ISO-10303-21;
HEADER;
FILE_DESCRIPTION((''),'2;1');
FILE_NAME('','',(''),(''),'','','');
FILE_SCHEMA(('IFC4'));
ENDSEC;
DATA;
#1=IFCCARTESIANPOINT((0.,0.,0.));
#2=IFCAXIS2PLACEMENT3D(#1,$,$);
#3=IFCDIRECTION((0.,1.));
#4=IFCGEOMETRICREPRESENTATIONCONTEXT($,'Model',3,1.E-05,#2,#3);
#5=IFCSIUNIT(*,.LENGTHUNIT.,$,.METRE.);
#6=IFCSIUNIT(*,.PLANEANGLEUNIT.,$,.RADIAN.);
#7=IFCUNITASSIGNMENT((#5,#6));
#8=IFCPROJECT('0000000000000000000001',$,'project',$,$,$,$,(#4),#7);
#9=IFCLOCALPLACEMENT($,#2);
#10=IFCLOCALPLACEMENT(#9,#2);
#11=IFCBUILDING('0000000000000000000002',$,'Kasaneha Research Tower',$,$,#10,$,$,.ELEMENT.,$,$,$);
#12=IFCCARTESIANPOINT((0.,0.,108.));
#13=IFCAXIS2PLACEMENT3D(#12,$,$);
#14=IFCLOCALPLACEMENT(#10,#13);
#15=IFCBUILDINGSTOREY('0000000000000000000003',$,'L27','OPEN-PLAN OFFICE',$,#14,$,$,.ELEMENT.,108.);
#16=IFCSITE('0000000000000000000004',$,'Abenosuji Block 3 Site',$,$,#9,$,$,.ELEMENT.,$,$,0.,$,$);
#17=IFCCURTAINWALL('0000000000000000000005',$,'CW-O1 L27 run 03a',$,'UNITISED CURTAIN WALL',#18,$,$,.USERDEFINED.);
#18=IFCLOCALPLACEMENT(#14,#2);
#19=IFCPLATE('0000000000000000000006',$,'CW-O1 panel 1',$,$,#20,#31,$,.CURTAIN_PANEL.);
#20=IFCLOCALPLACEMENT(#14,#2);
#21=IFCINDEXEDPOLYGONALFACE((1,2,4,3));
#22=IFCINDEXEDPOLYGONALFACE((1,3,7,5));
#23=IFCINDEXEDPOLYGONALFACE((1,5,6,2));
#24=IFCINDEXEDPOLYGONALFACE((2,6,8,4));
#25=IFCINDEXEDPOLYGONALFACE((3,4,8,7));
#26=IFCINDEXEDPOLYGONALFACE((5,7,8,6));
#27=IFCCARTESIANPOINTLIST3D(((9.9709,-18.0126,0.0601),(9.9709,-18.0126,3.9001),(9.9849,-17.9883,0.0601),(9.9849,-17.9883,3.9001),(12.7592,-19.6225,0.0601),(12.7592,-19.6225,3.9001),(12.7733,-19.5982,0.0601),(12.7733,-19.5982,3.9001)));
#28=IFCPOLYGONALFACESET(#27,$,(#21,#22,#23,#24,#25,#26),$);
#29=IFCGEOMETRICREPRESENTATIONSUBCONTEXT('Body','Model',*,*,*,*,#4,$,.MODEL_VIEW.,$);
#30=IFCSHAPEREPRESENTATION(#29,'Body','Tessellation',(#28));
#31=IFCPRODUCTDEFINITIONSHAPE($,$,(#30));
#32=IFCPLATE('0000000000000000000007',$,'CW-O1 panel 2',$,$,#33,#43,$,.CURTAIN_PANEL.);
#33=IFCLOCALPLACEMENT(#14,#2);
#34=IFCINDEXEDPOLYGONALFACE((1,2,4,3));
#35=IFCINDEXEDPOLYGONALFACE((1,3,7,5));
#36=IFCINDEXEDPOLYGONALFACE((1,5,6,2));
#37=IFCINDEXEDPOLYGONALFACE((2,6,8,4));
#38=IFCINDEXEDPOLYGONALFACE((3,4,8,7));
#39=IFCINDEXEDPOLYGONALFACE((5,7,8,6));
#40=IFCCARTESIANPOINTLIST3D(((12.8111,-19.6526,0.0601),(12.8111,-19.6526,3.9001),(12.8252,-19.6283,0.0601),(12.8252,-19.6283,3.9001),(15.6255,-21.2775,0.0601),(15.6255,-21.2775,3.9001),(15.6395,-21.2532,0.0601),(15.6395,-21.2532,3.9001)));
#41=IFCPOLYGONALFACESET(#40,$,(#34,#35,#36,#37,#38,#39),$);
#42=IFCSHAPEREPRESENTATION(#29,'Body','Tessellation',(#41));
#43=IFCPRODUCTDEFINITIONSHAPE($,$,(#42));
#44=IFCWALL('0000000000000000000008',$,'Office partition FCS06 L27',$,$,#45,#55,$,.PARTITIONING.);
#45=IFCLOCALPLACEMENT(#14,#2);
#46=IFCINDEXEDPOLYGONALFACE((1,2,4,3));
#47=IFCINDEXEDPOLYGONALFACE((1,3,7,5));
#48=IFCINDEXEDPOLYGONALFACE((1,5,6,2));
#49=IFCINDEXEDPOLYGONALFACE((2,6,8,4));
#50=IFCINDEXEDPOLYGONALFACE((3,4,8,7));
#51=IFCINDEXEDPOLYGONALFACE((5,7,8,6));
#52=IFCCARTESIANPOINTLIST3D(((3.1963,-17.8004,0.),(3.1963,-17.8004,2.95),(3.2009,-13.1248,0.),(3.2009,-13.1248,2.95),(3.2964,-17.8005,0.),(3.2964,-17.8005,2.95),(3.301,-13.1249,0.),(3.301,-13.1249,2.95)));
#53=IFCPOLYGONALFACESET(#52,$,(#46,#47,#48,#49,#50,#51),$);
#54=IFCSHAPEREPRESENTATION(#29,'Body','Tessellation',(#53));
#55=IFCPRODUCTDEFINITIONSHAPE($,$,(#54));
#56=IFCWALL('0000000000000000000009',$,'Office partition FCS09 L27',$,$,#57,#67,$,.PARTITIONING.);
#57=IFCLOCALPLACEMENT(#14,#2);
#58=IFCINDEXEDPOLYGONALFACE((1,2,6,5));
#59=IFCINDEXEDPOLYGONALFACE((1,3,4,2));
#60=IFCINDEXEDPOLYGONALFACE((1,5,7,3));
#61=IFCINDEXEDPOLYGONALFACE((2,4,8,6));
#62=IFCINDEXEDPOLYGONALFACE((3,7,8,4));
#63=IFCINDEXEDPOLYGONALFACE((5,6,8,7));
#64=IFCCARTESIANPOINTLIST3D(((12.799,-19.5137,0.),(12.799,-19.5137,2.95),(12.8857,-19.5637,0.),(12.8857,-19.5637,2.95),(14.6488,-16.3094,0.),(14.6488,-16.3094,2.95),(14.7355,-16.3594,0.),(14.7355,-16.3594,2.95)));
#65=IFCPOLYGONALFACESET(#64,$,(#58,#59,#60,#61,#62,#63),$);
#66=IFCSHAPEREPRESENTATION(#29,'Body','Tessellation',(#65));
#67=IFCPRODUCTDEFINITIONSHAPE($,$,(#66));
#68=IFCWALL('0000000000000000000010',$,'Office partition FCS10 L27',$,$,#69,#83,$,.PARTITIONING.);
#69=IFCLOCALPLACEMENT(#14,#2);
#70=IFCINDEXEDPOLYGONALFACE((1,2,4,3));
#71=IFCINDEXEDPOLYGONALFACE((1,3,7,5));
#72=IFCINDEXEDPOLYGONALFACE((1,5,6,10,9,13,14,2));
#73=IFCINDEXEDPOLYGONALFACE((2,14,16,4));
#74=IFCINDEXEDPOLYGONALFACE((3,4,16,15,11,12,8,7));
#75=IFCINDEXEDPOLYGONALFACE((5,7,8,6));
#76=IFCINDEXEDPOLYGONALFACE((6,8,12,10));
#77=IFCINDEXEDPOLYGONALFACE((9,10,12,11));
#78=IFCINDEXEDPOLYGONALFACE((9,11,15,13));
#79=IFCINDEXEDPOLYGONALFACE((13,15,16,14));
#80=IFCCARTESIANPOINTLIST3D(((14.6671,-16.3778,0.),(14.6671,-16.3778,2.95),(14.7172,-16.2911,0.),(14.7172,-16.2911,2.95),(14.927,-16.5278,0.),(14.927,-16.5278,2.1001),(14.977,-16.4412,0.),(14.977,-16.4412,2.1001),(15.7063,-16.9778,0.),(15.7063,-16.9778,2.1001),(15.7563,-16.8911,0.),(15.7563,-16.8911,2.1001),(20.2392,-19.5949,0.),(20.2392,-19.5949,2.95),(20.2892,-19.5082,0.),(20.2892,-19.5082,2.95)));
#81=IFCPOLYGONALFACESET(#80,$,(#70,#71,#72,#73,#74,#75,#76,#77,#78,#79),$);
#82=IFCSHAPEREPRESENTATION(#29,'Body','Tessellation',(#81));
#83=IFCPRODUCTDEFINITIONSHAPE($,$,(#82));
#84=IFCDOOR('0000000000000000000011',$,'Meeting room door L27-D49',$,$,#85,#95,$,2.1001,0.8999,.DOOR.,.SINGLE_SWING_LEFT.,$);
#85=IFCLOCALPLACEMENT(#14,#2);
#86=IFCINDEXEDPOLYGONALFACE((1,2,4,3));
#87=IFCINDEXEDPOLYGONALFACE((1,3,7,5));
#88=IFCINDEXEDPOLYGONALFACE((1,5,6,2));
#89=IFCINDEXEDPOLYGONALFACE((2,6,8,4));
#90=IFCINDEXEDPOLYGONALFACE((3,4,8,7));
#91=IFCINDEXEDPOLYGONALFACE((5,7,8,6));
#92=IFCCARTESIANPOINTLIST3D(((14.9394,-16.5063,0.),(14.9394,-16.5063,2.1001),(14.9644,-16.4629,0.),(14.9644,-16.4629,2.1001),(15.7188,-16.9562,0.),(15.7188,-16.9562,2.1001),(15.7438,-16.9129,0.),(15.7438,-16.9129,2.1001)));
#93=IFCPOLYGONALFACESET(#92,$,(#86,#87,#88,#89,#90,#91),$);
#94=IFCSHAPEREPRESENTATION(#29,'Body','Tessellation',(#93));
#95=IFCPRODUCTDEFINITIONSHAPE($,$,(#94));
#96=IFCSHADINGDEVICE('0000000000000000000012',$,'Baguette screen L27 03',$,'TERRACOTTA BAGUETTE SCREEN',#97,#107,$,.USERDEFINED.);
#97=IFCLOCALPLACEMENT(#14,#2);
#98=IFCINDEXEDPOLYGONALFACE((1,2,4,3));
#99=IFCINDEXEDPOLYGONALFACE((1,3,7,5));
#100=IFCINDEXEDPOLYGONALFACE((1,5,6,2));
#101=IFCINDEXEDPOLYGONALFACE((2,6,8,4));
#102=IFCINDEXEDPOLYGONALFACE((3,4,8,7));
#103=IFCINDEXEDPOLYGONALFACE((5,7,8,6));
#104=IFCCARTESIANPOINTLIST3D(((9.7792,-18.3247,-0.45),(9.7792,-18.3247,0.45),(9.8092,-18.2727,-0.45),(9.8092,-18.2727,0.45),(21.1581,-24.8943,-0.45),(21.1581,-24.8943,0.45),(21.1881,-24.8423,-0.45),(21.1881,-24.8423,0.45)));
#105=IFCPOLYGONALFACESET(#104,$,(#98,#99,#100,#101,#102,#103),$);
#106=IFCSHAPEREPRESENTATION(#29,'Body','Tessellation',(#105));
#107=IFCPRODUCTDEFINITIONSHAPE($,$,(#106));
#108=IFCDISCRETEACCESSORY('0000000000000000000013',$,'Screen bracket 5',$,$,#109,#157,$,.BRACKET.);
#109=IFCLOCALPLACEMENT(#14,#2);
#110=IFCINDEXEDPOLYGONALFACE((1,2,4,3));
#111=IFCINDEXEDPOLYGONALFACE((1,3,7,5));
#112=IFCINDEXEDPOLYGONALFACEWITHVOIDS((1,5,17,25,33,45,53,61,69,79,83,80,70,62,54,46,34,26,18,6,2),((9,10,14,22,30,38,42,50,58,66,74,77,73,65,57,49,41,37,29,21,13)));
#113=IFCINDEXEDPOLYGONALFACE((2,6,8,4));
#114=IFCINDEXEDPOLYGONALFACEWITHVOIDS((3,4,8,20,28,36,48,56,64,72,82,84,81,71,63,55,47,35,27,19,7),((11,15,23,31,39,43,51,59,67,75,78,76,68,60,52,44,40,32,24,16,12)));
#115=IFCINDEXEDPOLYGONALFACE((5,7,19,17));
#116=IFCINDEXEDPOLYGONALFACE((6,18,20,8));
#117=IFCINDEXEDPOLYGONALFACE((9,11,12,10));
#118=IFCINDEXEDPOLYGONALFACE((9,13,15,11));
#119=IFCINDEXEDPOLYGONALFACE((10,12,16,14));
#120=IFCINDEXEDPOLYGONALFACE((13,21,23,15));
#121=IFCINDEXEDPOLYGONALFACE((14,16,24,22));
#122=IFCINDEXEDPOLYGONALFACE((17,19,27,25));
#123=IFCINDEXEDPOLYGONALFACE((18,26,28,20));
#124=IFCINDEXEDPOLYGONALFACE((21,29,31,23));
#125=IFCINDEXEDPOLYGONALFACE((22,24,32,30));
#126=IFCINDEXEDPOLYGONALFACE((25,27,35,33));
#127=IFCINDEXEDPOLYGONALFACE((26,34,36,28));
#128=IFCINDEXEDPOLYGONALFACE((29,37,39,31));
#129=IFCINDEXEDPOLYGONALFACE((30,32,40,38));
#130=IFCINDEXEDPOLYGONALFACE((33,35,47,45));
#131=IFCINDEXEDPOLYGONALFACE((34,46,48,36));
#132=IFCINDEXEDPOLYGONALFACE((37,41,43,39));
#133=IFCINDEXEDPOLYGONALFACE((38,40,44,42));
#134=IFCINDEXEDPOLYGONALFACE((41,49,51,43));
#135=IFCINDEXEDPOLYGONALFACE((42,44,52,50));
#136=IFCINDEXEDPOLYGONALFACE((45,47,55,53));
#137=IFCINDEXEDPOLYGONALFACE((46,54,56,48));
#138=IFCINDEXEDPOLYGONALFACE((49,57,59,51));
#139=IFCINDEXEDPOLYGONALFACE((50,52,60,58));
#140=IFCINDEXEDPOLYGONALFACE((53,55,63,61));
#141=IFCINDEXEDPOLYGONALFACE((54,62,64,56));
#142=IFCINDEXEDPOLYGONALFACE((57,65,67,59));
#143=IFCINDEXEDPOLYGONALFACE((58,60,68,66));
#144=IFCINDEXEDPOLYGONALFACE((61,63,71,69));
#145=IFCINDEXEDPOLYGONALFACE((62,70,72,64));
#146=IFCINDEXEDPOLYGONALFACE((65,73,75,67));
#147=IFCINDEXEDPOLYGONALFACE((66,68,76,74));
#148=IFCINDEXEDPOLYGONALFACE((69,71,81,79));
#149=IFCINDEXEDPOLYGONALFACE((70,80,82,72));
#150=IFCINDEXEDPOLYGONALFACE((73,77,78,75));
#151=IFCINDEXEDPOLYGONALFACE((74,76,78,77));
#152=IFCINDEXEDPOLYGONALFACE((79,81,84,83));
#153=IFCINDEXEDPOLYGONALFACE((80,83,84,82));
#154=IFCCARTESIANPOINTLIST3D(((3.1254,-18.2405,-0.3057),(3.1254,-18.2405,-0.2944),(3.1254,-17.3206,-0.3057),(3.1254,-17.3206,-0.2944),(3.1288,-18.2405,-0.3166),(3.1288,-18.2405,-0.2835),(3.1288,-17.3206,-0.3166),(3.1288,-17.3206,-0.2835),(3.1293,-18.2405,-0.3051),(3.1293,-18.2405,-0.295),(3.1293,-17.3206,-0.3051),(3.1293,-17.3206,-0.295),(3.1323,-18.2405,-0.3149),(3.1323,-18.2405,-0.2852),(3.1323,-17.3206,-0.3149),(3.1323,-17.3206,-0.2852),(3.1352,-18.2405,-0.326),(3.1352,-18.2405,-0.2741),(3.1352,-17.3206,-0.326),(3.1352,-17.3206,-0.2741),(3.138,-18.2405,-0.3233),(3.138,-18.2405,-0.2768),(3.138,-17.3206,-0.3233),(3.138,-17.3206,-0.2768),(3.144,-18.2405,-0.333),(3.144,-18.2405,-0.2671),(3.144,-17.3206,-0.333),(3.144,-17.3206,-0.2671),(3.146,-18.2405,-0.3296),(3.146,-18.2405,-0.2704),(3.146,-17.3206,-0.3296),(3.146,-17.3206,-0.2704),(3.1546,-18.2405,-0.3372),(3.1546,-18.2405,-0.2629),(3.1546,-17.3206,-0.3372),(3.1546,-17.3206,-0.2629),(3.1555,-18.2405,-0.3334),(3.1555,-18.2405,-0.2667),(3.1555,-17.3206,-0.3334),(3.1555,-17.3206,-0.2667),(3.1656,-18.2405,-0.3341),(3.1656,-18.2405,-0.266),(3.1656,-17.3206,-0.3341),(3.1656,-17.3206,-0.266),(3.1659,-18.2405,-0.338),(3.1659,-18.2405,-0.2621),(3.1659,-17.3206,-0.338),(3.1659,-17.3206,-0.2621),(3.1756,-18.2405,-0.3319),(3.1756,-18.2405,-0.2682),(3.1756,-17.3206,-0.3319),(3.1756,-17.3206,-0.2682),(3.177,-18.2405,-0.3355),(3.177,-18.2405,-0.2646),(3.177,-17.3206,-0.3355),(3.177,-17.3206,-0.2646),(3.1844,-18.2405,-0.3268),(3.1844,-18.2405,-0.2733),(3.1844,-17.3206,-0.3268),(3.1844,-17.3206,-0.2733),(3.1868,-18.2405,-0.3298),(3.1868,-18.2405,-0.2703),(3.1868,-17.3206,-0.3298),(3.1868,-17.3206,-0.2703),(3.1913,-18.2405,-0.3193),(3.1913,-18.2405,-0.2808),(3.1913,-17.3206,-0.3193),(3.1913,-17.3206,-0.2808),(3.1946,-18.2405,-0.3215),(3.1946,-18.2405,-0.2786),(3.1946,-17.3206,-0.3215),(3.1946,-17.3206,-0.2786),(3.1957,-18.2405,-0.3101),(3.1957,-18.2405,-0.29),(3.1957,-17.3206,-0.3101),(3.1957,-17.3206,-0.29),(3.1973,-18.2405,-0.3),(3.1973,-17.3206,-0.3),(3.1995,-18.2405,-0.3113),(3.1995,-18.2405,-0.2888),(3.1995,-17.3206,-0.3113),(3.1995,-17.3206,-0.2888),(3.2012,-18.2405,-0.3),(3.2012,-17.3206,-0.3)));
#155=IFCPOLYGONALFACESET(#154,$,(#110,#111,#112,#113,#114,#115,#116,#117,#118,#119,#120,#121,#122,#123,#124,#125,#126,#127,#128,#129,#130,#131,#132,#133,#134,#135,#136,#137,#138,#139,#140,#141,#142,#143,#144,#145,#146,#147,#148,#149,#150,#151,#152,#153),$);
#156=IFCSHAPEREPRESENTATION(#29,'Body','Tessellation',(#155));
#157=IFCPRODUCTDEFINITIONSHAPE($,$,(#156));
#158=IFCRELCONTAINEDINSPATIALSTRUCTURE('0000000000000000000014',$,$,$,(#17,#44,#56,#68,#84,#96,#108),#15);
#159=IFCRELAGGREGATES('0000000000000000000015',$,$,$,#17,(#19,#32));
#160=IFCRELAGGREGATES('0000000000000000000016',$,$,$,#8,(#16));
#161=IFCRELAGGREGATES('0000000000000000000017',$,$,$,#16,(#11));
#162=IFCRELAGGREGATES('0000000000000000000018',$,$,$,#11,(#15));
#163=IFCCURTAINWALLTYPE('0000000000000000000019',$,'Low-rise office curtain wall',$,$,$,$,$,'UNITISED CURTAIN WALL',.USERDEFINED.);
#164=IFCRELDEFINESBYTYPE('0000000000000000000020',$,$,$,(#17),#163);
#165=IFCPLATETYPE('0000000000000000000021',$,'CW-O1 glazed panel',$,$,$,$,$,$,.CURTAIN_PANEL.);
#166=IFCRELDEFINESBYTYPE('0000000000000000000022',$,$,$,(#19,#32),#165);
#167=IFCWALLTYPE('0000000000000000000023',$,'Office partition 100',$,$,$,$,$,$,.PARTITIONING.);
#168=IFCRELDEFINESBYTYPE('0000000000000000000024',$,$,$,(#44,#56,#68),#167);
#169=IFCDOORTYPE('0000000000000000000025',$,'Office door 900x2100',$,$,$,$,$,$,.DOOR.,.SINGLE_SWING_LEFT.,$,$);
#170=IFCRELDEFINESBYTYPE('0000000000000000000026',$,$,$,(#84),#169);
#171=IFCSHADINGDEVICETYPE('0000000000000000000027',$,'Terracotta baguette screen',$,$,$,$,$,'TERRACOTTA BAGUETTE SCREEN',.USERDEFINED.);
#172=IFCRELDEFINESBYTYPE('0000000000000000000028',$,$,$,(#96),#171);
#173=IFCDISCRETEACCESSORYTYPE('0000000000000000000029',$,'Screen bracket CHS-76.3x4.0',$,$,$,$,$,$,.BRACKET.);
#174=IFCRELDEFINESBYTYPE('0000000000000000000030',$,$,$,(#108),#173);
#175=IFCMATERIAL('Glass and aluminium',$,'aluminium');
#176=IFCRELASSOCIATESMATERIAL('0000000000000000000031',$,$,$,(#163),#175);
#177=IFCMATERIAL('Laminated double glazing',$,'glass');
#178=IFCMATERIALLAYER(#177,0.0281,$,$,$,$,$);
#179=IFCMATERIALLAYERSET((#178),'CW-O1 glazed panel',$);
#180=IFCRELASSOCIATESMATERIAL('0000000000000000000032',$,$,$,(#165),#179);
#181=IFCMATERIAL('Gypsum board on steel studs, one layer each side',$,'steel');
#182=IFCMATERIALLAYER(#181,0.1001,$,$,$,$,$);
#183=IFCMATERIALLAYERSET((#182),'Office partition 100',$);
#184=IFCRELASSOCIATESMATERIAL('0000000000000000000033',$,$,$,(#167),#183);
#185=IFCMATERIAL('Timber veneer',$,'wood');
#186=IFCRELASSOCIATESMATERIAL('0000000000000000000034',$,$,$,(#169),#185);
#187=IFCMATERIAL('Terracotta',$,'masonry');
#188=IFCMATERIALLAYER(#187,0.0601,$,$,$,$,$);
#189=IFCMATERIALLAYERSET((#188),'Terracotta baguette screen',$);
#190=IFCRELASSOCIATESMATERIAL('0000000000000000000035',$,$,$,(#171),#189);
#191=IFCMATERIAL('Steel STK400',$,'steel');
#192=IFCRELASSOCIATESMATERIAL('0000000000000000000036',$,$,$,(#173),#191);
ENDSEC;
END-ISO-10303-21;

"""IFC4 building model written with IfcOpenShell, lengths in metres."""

from ifc_helpers import new_model, si_unit, direction, frame, frame_2d, origin, origin_2d, place, context, subcontext, project, spatial, rectangle, hollow_circle, extrude, material, layer, layer_set, material_profile, profile_set, type_object, element, fill, aggregate, save


model = new_model("IFC4")

# Units and contexts
model_context = context("Model", 3, precision=1e-05, world=origin(), true_north=direction((0.0, 1.0)))
body_context = subcontext(model_context, "Body", "Model", "MODEL_VIEW")
ifc_project = project(units=[si_unit("LENGTHUNIT", "METRE"), si_unit("PLANEANGLEUNIT", "RADIAN")], contexts=[model_context])

# Site, building, storey
site_placement = place(None, origin())
site = spatial("IfcSite", under=ifc_project, at=site_placement, Name="Abenosuji Block 3 Site", CompositionType="ELEMENT", RefElevation=0.0)
building_placement = place(site_placement, origin())
building = spatial("IfcBuilding", under=site, at=building_placement, Name="Kasaneha Research Tower", CompositionType="ELEMENT")
storey_placement = place(building_placement, frame((0.0, 0.0, 108.0)))
storey = spatial("IfcBuildingStorey", under=building, at=storey_placement, Name="L27", Description="OPEN-PLAN OFFICE", CompositionType="ELEMENT", Elevation=108.0)

# Curtain wall
ifc_material_1 = material(Name="Glass and aluminium", Category="aluminium")
curtain_wall_type = type_object("IfcCurtainWallType", Name="Low-rise office curtain wall", ElementType="UNITISED CURTAIN WALL", PredefinedType="USERDEFINED", material=ifc_material_1)
curtain_wall_1_placement = place(storey_placement, origin())
curtain_wall_1 = element("IfcCurtainWall", 1, at=curtain_wall_1_placement, inside=storey, type_object=curtain_wall_type, Name="CW-O1 L27 run 03a", ObjectType="UNITISED CURTAIN WALL", PredefinedType="USERDEFINED")

# Plates
ifc_material_2 = material(Name="Laminated double glazing", Category="glass")
ifc_layer_1 = layer(ifc_material_2, 0.0281)
ifc_layer_set_1 = layer_set([ifc_layer_1], Name="CW-O1 glazed panel")
plate_type = type_object("IfcPlateType", Name="CW-O1 glazed panel", PredefinedType="CURTAIN_PANEL", material=ifc_layer_set_1)
plate_1_placement = place(storey_placement, frame((11.3721, -18.8054, 0.0601), z_axis=(0.0, 0.0, 1.0), x_axis=(0.866025, -0.5, 0.0)))
plate_1 = element("IfcPlate", 2, at=plate_1_placement, type_object=plate_type, Name="CW-O1 panel 1", PredefinedType="CURTAIN_PANEL", context=body_context, shape_type="SweptSolid", body=[
    extrude(rectangle(XDim=3.2197, YDim=0.0281, at=origin_2d()), origin(), (0.0, 0.0, 1.0), 3.8401),
])
plate_2_placement = place(storey_placement, frame((14.2253, -20.4529, 0.0601), z_axis=(0.0, 0.0, 1.0), x_axis=(0.866025, -0.5, 0.0)))
plate_2 = element("IfcPlate", 3, at=plate_2_placement, type_object=plate_type, Name="CW-O1 panel 2", PredefinedType="CURTAIN_PANEL", context=body_context, shape_type="SweptSolid", body=[
    extrude(rectangle(XDim=3.2498, YDim=0.0281, at=origin_2d()), origin(), (0.0, 0.0, 1.0), 3.8401),
])
aggregate(curtain_wall_1, [plate_1, plate_2])

# Walls
ifc_material_3 = material(Name="Gypsum board on steel studs, one layer each side", Category="steel")
ifc_layer_2 = layer(ifc_material_3, 0.1001)
ifc_layer_set_2 = layer_set([ifc_layer_2], Name="Office partition 100")
wall_type = type_object("IfcWallType", Name="Office partition 100", PredefinedType="PARTITIONING", material=ifc_layer_set_2)
wall_1_placement = place(storey_placement, frame((3.2463, -17.8005, 0.0), z_axis=(0.0, 0.0, 1.0), x_axis=(0.000992, 1.0, 0.0)))
element("IfcWall", 4, at=wall_1_placement, inside=storey, type_object=wall_type, Name="Office partition FCS06 L27", PredefinedType="PARTITIONING", context=body_context, shape_type="SweptSolid", body=[
    extrude(rectangle(XDim=4.6755, YDim=0.1001, at=frame_2d((2.3379, 0.0))), origin(), (0.0, 0.0, 1.0), 2.95),
])
wall_2_placement = place(storey_placement, frame((12.8423, -19.5388, 0.0), z_axis=(0.0, 0.0, 1.0), x_axis=(0.499964, 0.866046, 0.0)))
element("IfcWall", 5, at=wall_2_placement, inside=storey, type_object=wall_type, Name="Office partition FCS09 L27", PredefinedType="PARTITIONING", context=body_context, shape_type="SweptSolid", body=[
    extrude(rectangle(XDim=3.7, YDim=0.1001, at=frame_2d((1.8501, 0.0))), origin(), (0.0, 0.0, 1.0), 2.95),
])

# Wall, opening, door
wall_3_placement = place(storey_placement, frame((14.6921, -16.3345, 0.0), z_axis=(0.0, 0.0, 1.0), x_axis=(0.866023, -0.500004, 0.0)))
wall_3 = element("IfcWall", 6, at=wall_3_placement, inside=storey, type_object=wall_type, Name="Office partition FCS10 L27", PredefinedType="PARTITIONING", context=body_context, shape_type="SweptSolid", body=[
    extrude(rectangle(XDim=6.4341, YDim=0.1001, at=frame_2d((3.217, 0.0))), origin(), (0.0, 0.0, 1.0), 2.95),
])
opening_placement = place(wall_3_placement, frame((0.3, 0.0, 0.0)))
opening = element("IfcOpeningElement", 7, at=opening_placement, cuts=wall_3, PredefinedType="OPENING", context=body_context, shape_type="SweptSolid", body=[
    extrude(rectangle(XDim=0.8999, YDim=2.1001, at=frame_2d((0.45, 1.05))), frame((0.0, 0.0601, 0.0), z_axis=(0.0, -1.0, 0.0), x_axis=(1.0, 0.0, 0.0)), (0.0, 0.0, 1.0), 0.1201),
])
ifc_material_4 = material(Name="Timber veneer", Category="wood")
door_type = type_object("IfcDoorType", Name="Office door 900x2100", OperationType="SINGLE_SWING_LEFT", PredefinedType="DOOR", material=ifc_material_4)
door_placement = place(opening_placement, origin())
door = element("IfcDoor", 8, at=door_placement, inside=storey, type_object=door_type, Name="Meeting room door L27-D49", OperationType="SINGLE_SWING_LEFT", OverallHeight=2.1001, OverallWidth=0.8999, PredefinedType="DOOR", context=body_context, shape_type="SweptSolid", body=[
    extrude(rectangle(XDim=0.8999, YDim=2.1001, at=frame_2d((0.45, 1.05))), frame((0.0, 0.0249, 0.0), z_axis=(0.0, -1.0, 0.0), x_axis=(1.0, 0.0, 0.0)), (0.0, 0.0, 1.0), 0.05),
])
fill(opening, door)

# Shading device
ifc_material_5 = material(Name="Terracotta", Category="masonry")
ifc_layer_3 = layer(ifc_material_5, 0.0601)
ifc_layer_set_3 = layer_set([ifc_layer_3], Name="Terracotta baguette screen")
shading_device_type = type_object("IfcShadingDeviceType", Name="Terracotta baguette screen", ElementType="TERRACOTTA BAGUETTE SCREEN", PredefinedType="USERDEFINED", material=ifc_layer_set_3)
shading_device_placement = place(storey_placement, frame((15.4836, -21.5835, -0.45), z_axis=(0.0, 0.0, 1.0), x_axis=(0.866025, -0.5, 0.0)))
element("IfcShadingDevice", 9, at=shading_device_placement, inside=storey, type_object=shading_device_type, Name="Baguette screen L27 03", ObjectType="TERRACOTTA BAGUETTE SCREEN", PredefinedType="USERDEFINED", context=body_context, shape_type="SweptSolid", body=[
    extrude(rectangle(XDim=13.1392, YDim=0.0601, at=origin_2d()), origin(), (0.0, 0.0, 1.0), 0.8999),
])

# Discrete accessory
ifc_material_6 = material(Name="Steel STK400", Category="steel")
ifc_material_profile_1 = material_profile(ifc_material_6, hollow_circle(Radius=0.0381, WallThickness=0.0039, at=origin_2d()), Name="CHS-76.3x4.0")
ifc_profile_set_1 = profile_set([ifc_material_profile_1], Name="Steel STK400")
discrete_accessory_type = type_object("IfcDiscreteAccessoryType", Name="Screen bracket CHS-76.3x4.0", PredefinedType="BRACKET", material=ifc_profile_set_1)
for number, where, z_axis, x_axis, name in (
    (10, (3.1631, -17.3206, -0.3), (0.0, -1.0, 0.0), (1.0, 0.0, 0.0), "Screen bracket 5"),
):
    element("IfcDiscreteAccessory", number, at=place(storey_placement, frame(where, z_axis=z_axis, x_axis=x_axis)), inside=storey, type_object=discrete_accessory_type, Name=name, PredefinedType="BRACKET", context=body_context, shape_type="SweptSolid", body=[
        extrude(hollow_circle(Radius=0.0381, WallThickness=0.0039, at=origin_2d()), origin(), (0.0, 0.0, 1.0), 0.9199),
    ])

save(model, "model.ifc")
